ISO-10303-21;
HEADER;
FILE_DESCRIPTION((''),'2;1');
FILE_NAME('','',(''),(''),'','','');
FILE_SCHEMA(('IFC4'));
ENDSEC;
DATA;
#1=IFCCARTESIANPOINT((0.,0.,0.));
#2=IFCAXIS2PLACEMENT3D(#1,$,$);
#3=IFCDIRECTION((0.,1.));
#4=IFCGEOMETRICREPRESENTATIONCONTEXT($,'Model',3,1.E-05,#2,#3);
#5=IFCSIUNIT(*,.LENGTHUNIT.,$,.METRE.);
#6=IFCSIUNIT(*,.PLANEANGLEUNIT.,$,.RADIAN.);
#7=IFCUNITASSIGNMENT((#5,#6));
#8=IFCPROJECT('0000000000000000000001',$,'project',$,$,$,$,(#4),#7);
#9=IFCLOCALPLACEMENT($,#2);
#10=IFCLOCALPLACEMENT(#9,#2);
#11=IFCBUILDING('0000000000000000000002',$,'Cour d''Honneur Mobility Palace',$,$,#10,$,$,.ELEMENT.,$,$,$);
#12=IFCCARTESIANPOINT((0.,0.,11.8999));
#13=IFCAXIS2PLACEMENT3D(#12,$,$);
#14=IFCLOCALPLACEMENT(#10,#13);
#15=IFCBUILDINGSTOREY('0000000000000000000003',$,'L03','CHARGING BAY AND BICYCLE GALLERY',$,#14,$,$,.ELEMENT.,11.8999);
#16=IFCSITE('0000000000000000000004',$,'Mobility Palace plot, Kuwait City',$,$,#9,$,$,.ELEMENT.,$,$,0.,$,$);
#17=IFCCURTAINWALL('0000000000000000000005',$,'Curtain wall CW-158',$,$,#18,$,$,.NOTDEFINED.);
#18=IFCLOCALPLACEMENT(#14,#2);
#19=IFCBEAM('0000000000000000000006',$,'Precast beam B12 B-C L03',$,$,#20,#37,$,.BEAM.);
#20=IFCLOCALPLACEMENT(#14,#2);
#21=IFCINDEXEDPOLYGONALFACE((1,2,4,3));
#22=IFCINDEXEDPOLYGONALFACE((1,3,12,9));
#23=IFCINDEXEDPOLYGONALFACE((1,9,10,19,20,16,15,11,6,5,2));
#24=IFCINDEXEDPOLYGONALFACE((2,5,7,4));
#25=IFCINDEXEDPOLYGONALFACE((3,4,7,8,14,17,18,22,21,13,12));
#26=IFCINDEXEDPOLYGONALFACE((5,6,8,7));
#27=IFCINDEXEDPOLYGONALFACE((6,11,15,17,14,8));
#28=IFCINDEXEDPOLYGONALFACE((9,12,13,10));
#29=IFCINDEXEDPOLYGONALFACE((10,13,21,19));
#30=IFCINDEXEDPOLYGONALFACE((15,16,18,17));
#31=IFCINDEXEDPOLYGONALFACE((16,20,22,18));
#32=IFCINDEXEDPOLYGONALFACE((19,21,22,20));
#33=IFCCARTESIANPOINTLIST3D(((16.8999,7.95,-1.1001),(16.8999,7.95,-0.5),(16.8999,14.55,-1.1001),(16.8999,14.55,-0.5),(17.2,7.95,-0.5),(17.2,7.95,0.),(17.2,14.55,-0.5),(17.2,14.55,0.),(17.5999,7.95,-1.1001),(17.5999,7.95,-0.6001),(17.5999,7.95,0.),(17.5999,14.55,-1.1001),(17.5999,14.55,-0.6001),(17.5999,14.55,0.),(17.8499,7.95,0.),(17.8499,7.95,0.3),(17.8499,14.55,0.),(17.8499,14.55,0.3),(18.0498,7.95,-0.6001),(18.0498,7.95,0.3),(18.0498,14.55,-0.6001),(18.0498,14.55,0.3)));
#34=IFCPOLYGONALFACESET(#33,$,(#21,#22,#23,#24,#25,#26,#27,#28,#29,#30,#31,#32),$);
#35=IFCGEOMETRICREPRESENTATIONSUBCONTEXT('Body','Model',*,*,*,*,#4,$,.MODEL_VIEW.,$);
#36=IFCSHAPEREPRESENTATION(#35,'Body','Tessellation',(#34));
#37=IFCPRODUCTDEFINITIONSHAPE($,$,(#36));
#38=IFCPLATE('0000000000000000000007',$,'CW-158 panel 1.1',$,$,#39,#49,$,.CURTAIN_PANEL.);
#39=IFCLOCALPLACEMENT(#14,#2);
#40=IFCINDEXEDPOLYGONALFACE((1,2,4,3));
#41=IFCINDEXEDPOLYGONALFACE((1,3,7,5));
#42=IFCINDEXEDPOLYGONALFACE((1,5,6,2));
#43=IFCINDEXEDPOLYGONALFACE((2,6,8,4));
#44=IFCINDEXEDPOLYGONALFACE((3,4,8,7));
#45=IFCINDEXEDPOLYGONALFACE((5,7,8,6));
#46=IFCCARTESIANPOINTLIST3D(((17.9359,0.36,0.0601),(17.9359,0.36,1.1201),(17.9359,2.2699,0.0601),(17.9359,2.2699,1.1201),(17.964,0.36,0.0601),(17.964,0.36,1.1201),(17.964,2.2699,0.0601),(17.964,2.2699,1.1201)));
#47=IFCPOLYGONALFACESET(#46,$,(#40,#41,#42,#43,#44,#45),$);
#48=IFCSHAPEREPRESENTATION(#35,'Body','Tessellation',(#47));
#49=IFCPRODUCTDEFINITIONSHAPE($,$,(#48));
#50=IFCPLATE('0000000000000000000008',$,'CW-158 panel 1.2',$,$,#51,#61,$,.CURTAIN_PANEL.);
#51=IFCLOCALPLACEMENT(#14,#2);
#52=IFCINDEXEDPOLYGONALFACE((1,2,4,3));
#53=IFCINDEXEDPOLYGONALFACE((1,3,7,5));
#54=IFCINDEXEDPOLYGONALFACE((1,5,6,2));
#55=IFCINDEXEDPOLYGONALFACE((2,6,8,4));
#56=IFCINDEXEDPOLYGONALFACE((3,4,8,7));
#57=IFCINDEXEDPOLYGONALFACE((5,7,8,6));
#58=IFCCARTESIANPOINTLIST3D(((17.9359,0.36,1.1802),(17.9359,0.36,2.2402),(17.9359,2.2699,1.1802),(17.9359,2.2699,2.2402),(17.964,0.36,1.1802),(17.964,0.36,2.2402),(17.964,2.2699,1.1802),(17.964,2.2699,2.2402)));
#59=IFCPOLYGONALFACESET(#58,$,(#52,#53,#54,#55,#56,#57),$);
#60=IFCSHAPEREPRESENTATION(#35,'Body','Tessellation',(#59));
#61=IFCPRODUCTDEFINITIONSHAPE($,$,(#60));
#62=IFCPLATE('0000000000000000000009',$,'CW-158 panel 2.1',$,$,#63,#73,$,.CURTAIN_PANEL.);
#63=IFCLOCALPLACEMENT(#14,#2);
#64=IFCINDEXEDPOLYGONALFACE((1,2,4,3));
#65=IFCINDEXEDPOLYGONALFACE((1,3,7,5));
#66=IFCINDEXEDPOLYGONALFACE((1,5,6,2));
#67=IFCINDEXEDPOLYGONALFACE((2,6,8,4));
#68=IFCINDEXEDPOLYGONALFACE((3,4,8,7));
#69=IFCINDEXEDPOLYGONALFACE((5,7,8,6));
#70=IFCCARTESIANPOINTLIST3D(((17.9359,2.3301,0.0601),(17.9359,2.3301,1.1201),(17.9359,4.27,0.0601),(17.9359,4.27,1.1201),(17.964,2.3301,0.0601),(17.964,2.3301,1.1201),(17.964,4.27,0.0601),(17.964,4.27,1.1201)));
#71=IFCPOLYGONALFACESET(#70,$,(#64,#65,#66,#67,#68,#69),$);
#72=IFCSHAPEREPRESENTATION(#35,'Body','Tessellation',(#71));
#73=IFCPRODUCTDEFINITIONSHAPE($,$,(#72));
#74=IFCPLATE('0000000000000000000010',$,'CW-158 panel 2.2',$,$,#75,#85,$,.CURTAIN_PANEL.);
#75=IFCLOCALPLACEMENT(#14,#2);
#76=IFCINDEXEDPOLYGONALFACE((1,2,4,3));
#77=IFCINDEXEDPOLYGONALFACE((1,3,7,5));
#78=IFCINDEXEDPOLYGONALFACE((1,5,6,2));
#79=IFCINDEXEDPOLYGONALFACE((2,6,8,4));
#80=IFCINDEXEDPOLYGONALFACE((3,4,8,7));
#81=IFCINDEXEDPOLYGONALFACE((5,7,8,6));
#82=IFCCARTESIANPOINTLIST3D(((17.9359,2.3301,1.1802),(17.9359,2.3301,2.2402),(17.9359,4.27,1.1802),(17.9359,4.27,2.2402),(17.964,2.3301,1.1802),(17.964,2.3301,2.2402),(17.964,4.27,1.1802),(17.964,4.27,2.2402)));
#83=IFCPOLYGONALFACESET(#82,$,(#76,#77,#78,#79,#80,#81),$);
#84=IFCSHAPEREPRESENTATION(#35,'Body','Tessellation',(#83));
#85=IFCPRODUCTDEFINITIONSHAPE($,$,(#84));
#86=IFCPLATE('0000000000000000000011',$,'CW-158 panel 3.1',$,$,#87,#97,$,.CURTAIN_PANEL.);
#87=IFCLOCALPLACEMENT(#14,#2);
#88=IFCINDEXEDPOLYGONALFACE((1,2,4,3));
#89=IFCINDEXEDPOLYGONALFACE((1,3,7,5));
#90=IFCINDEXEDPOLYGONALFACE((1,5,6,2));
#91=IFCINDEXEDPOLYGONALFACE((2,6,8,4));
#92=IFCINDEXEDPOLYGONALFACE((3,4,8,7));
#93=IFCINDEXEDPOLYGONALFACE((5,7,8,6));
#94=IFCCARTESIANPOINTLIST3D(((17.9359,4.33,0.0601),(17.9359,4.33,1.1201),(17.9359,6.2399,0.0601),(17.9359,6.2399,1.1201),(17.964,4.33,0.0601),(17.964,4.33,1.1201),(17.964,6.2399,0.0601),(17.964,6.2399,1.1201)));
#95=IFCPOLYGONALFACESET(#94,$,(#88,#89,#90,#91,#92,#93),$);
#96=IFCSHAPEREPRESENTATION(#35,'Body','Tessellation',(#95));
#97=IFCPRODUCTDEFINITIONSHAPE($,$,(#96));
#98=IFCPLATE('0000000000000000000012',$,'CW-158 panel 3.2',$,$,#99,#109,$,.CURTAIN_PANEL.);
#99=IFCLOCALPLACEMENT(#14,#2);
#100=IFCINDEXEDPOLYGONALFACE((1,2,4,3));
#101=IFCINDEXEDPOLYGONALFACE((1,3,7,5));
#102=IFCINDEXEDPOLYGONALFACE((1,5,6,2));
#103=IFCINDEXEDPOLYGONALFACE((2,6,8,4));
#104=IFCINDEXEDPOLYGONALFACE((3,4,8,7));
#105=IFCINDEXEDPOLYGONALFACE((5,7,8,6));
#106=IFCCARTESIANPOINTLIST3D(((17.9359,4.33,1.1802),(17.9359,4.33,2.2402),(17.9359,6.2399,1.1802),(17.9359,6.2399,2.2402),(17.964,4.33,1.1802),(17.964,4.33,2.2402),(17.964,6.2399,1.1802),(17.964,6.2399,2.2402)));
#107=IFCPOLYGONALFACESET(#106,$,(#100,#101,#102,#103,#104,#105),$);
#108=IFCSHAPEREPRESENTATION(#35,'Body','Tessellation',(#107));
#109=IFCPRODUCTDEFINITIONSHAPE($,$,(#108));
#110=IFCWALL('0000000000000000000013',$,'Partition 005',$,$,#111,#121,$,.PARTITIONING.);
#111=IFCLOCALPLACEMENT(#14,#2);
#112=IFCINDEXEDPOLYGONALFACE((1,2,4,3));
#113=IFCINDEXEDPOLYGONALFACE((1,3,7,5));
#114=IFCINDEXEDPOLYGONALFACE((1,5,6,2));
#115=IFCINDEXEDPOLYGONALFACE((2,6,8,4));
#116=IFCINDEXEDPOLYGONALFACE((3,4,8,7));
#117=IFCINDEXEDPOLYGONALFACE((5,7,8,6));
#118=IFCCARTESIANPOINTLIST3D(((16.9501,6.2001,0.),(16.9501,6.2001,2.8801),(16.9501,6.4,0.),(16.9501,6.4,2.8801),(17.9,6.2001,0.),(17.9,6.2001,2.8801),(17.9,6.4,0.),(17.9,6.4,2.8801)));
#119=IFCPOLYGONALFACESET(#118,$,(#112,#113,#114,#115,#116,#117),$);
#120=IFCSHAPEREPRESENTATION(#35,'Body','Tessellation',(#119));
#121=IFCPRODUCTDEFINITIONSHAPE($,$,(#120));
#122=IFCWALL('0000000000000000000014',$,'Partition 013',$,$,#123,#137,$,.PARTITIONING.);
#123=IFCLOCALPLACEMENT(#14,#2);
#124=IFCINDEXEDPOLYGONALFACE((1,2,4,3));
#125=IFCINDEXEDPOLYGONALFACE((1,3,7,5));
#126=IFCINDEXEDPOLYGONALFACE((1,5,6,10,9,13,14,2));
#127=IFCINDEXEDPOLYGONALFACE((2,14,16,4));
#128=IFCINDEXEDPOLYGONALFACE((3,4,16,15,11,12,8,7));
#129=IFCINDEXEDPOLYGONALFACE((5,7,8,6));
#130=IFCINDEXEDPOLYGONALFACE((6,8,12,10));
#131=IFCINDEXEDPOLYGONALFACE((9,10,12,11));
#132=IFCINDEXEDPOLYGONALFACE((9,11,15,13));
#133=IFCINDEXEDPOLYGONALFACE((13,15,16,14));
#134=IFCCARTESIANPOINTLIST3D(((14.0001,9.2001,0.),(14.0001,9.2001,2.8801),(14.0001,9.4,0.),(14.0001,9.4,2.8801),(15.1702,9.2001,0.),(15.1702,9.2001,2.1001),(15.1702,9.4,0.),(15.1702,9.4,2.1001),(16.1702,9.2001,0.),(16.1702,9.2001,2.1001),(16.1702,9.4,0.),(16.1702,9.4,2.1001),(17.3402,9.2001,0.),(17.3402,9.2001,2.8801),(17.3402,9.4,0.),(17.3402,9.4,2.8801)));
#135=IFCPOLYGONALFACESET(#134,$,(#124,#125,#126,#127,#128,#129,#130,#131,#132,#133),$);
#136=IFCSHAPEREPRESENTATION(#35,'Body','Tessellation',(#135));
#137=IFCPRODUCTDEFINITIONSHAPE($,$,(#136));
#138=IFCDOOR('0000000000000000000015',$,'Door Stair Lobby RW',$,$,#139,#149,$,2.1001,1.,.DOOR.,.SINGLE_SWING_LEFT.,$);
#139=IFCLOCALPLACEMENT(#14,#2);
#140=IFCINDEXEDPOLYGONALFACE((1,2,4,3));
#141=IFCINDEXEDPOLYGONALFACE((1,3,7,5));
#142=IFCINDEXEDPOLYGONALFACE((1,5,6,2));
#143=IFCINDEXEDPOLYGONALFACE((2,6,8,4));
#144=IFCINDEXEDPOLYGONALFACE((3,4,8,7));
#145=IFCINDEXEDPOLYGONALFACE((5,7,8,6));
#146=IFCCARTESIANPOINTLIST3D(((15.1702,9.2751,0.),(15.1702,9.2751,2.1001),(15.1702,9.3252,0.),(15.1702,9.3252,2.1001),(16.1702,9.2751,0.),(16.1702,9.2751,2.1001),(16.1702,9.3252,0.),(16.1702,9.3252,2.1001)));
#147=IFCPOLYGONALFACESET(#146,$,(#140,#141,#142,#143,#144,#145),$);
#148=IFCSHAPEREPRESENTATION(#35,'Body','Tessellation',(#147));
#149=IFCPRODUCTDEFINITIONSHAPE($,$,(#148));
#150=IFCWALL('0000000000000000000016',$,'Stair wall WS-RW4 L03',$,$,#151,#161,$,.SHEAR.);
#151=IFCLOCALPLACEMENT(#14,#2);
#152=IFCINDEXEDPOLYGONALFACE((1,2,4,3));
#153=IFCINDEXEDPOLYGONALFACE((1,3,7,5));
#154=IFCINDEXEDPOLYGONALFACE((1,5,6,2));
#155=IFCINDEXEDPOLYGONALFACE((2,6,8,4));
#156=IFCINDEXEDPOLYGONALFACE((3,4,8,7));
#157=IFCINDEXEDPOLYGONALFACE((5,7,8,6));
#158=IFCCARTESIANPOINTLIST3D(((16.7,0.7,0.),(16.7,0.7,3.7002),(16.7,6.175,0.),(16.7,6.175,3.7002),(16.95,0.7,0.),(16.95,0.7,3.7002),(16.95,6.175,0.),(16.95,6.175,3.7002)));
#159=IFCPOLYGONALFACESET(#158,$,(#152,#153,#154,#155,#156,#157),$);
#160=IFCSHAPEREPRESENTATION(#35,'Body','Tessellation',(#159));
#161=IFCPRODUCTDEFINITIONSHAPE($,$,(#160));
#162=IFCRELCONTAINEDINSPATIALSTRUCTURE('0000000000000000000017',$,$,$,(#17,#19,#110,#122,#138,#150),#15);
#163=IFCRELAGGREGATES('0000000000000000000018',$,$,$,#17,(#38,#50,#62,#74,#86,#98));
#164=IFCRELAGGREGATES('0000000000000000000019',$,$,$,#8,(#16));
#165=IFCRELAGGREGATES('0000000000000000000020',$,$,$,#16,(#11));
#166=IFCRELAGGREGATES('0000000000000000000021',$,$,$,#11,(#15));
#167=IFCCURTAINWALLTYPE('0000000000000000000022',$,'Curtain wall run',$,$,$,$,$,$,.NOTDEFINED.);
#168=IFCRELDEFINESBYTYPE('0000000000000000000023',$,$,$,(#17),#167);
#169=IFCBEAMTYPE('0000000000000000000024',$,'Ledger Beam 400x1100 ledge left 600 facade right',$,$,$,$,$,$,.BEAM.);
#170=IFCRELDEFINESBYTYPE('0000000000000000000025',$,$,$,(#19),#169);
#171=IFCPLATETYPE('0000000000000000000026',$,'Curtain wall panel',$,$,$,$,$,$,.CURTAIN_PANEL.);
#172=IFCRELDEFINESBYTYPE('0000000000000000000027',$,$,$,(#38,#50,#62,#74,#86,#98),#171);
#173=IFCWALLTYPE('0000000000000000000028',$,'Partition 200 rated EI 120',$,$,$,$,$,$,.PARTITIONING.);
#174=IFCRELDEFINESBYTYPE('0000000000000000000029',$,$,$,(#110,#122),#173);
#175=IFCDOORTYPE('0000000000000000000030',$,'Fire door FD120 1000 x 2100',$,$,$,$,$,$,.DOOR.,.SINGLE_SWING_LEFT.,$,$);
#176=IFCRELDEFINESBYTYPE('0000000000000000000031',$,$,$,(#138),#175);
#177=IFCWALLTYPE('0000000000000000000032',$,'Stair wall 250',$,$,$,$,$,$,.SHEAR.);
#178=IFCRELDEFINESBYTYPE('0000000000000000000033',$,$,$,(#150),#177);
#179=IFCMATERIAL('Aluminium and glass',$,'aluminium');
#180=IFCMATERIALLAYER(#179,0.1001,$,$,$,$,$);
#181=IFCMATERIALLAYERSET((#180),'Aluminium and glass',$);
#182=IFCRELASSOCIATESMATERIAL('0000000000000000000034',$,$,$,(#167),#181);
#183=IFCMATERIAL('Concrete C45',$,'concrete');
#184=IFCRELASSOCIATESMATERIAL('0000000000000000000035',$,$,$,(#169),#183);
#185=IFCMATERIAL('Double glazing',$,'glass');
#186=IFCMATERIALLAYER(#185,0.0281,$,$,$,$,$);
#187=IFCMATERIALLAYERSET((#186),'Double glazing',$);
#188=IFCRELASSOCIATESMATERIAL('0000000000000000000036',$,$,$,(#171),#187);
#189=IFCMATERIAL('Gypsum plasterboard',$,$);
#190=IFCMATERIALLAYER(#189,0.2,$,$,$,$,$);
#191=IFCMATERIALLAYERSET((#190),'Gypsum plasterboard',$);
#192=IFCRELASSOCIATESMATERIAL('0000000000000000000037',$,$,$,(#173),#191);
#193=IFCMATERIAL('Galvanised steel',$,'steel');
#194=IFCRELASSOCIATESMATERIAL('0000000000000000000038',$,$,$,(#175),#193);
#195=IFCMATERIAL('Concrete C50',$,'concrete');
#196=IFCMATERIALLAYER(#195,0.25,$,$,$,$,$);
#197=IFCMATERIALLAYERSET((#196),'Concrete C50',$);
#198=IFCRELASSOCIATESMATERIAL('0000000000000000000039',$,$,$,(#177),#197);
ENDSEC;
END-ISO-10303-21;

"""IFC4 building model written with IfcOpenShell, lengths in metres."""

from ifc_helpers import new_model, si_unit, direction, frame, frame_2d, origin, origin_2d, place, context, subcontext, project, spatial, polyline, rectangle, outline, extrude, material, layer, layer_set, material_profile, profile_set, type_object, element, fill, aggregate, save


model = new_model("IFC4")

# Units and contexts
model_context = context("Model", 3, precision=1e-05, world=origin(), true_north=direction((0.0, 1.0)))
body_context = subcontext(model_context, "Body", "Model", "MODEL_VIEW")
ifc_project = project(units=[si_unit("LENGTHUNIT", "METRE"), si_unit("PLANEANGLEUNIT", "RADIAN")], contexts=[model_context])

# Site, building, storey
site_placement = place(None, origin())
site = spatial("IfcSite", under=ifc_project, at=site_placement, Name="Mobility Palace plot, Kuwait City", CompositionType="ELEMENT", RefElevation=0.0)
building_placement = place(site_placement, origin())
building = spatial("IfcBuilding", under=site, at=building_placement, Name="Cour d'Honneur Mobility Palace", CompositionType="ELEMENT")
storey_placement = place(building_placement, frame((0.0, 0.0, 11.8999)))
storey = spatial("IfcBuildingStorey", under=building, at=storey_placement, Name="L03", Description="CHARGING BAY AND BICYCLE GALLERY", CompositionType="ELEMENT", Elevation=11.8999)

# Curtain wall
ifc_material_1 = material(Name="Aluminium and glass", Category="aluminium")
ifc_layer_1 = layer(ifc_material_1, 0.1001)
ifc_layer_set_1 = layer_set([ifc_layer_1], Name="Aluminium and glass")
curtain_wall_type = type_object("IfcCurtainWallType", Name="Curtain wall run", PredefinedType="NOTDEFINED", material=ifc_layer_set_1)
curtain_wall_placement = place(storey_placement, origin())
curtain_wall = element("IfcCurtainWall", 1, at=curtain_wall_placement, inside=storey, type_object=curtain_wall_type, Name="Curtain wall CW-158", PredefinedType="NOTDEFINED")

# Beam
ifc_material_2 = material(Name="Concrete C45", Category="concrete")
ifc_material_profile_1 = material_profile(ifc_material_2, outline(polyline([(0.5, -1.1001), (0.5, -0.5), (0.2, -0.5), (0.2, 0.0), (-0.2, 0.0), (-0.45, 0.0), (-0.45, 0.3), (-0.6499, 0.3), (-0.6499, -0.6001), (-0.2, -0.6001), (-0.2, -1.1001), (0.5, -1.1001)])), Name="Ledger Beam 400x1100 ledge left 600 facade right")
ifc_profile_set_1 = profile_set([ifc_material_profile_1], Name="Concrete C45")
beam_type_1 = type_object("IfcBeamType", Name="Ledger Beam 400x1100 ledge left 600 facade right", PredefinedType="BEAM", material=ifc_profile_set_1)
beam_1_placement = place(storey_placement, frame((17.3999, 7.95, 0.0), z_axis=(0.0, 1.0, 0.0), x_axis=(-1.0, 0.0, 0.0)))
element("IfcBeam", 2, at=beam_1_placement, inside=storey, type_object=beam_type_1, Name="Precast beam B12 B-C L03", PredefinedType="BEAM", context=body_context, shape_type="SweptSolid", body=[
    extrude(outline(polyline([(0.5, -1.1001), (0.5, -0.5), (0.2, -0.5), (0.2, 0.0), (-0.2, 0.0), (-0.45, 0.0), (-0.45, 0.3), (-0.6499, 0.3), (-0.6499, -0.6001), (-0.2, -0.6001), (-0.2, -1.1001), (0.5, -1.1001)])), origin(), (0.0, 0.0, 1.0), 6.6001),
])

# Plates
ifc_material_3 = material(Name="Double glazing", Category="glass")
ifc_layer_2 = layer(ifc_material_3, 0.0281)
ifc_layer_set_2 = layer_set([ifc_layer_2], Name="Double glazing")
plate_type = type_object("IfcPlateType", Name="Curtain wall panel", PredefinedType="CURTAIN_PANEL", material=ifc_layer_set_2)
plate_1_placement = place(storey_placement, frame((17.95, 1.3149, 0.0601), z_axis=(0.0, 0.0, 1.0), x_axis=(0.0, 1.0, 0.0)))
plate_1 = element("IfcPlate", 3, at=plate_1_placement, type_object=plate_type, Name="CW-158 panel 1.1", PredefinedType="CURTAIN_PANEL", context=body_context, shape_type="SweptSolid", body=[
    extrude(rectangle(XDim=1.9099, YDim=0.0281, at=origin_2d()), origin(), (0.0, 0.0, 1.0), 1.0601),
])
plate_2_placement = place(storey_placement, frame((17.95, 1.3149, 1.1802), z_axis=(0.0, 0.0, 1.0), x_axis=(0.0, 1.0, 0.0)))
plate_2 = element("IfcPlate", 4, at=plate_2_placement, type_object=plate_type, Name="CW-158 panel 1.2", PredefinedType="CURTAIN_PANEL", context=body_context, shape_type="SweptSolid", body=[
    extrude(rectangle(XDim=1.9099, YDim=0.0281, at=origin_2d()), origin(), (0.0, 0.0, 1.0), 1.0601),
])
plate_3_placement = place(storey_placement, frame((17.95, 3.3, 0.0601), z_axis=(0.0, 0.0, 1.0), x_axis=(0.0, 1.0, 0.0)))
plate_3 = element("IfcPlate", 5, at=plate_3_placement, type_object=plate_type, Name="CW-158 panel 2.1", PredefinedType="CURTAIN_PANEL", context=body_context, shape_type="SweptSolid", body=[
    extrude(rectangle(XDim=1.9399, YDim=0.0281, at=origin_2d()), origin(), (0.0, 0.0, 1.0), 1.0601),
])
plate_4_placement = place(storey_placement, frame((17.95, 3.3, 1.1802), z_axis=(0.0, 0.0, 1.0), x_axis=(0.0, 1.0, 0.0)))
plate_4 = element("IfcPlate", 6, at=plate_4_placement, type_object=plate_type, Name="CW-158 panel 2.2", PredefinedType="CURTAIN_PANEL", context=body_context, shape_type="SweptSolid", body=[
    extrude(rectangle(XDim=1.9399, YDim=0.0281, at=origin_2d()), origin(), (0.0, 0.0, 1.0), 1.0601),
])
plate_5_placement = place(storey_placement, frame((17.95, 5.2849, 0.0601), z_axis=(0.0, 0.0, 1.0), x_axis=(0.0, 1.0, 0.0)))
plate_5 = element("IfcPlate", 7, at=plate_5_placement, type_object=plate_type, Name="CW-158 panel 3.1", PredefinedType="CURTAIN_PANEL", context=body_context, shape_type="SweptSolid", body=[
    extrude(rectangle(XDim=1.9099, YDim=0.0281, at=origin_2d()), origin(), (0.0, 0.0, 1.0), 1.0601),
])
plate_6_placement = place(storey_placement, frame((17.95, 5.2849, 1.1802), z_axis=(0.0, 0.0, 1.0), x_axis=(0.0, 1.0, 0.0)))
plate_6 = element("IfcPlate", 8, at=plate_6_placement, type_object=plate_type, Name="CW-158 panel 3.2", PredefinedType="CURTAIN_PANEL", context=body_context, shape_type="SweptSolid", body=[
    extrude(rectangle(XDim=1.9099, YDim=0.0281, at=origin_2d()), origin(), (0.0, 0.0, 1.0), 1.0601),
])
aggregate(curtain_wall, [plate_1, plate_2, plate_3, plate_4, plate_5, plate_6])

# Wall
ifc_material_4 = material(Name="Gypsum plasterboard")
ifc_layer_3 = layer(ifc_material_4, 0.2)
ifc_layer_set_3 = layer_set([ifc_layer_3], Name="Gypsum plasterboard")
wall_type_1 = type_object("IfcWallType", Name="Partition 200 rated EI 120", PredefinedType="PARTITIONING", material=ifc_layer_set_3)
wall_1_placement = place(storey_placement, frame((16.95, 6.3, 0.0), z_axis=(0.0, 0.0, 1.0), x_axis=(1.0, 0.0, 0.0)))
element("IfcWall", 9, at=wall_1_placement, inside=storey, type_object=wall_type_1, Name="Partition 005", PredefinedType="PARTITIONING", context=body_context, shape_type="SweptSolid", body=[
    extrude(rectangle(XDim=0.95, YDim=0.2, at=frame_2d((0.4751, 0.0))), origin(), (0.0, 0.0, 1.0), 2.8801),
])

# Wall, opening, door
wall_2_placement = place(storey_placement, frame((17.3401, 9.3, 0.0), z_axis=(0.0, 0.0, 1.0), x_axis=(-1.0, 0.0, 0.0)))
wall_2 = element("IfcWall", 10, at=wall_2_placement, inside=storey, type_object=wall_type_1, Name="Partition 013", PredefinedType="PARTITIONING", context=body_context, shape_type="SweptSolid", body=[
    extrude(rectangle(XDim=3.3401, YDim=0.2, at=frame_2d((1.6699, 0.0))), origin(), (0.0, 0.0, 1.0), 2.8801),
])
opening_placement = place(wall_2_placement, frame((1.1699, 0.0, 0.0)))
opening = element("IfcOpeningElement", 11, at=opening_placement, cuts=wall_2, PredefinedType="OPENING", context=body_context, shape_type="SweptSolid", body=[
    extrude(rectangle(XDim=1.0, YDim=2.1001, at=frame_2d((0.5, 1.05))), frame((0.0, 0.1099, 0.0), z_axis=(0.0, -1.0, 0.0), x_axis=(1.0, 0.0, 0.0)), (0.0, 0.0, 1.0), 0.22),
])
ifc_material_5 = material(Name="Galvanised steel", Category="steel")
door_type = type_object("IfcDoorType", Name="Fire door FD120 1000 x 2100", OperationType="SINGLE_SWING_LEFT", PredefinedType="DOOR", material=ifc_material_5)
door_placement = place(opening_placement, origin())
door = element("IfcDoor", 12, at=door_placement, inside=storey, type_object=door_type, Name="Door Stair Lobby RW", OperationType="SINGLE_SWING_LEFT", OverallHeight=2.1001, OverallWidth=1.0, PredefinedType="DOOR", context=body_context, shape_type="SweptSolid", body=[
    extrude(rectangle(XDim=1.0, YDim=2.1001, at=frame_2d((0.5, 1.05))), frame((0.0, 0.0249, 0.0), z_axis=(0.0, -1.0, 0.0), x_axis=(1.0, 0.0, 0.0)), (0.0, 0.0, 1.0), 0.05),
])
fill(opening, door)

# Wall
ifc_material_6 = material(Name="Concrete C50", Category="concrete")
ifc_layer_4 = layer(ifc_material_6, 0.25)
ifc_layer_set_4 = layer_set([ifc_layer_4], Name="Concrete C50")
wall_type_2 = type_object("IfcWallType", Name="Stair wall 250", PredefinedType="SHEAR", material=ifc_layer_set_4)
wall_3_placement = place(storey_placement, frame((16.825, 0.7, 0.0), z_axis=(0.0, 0.0, 1.0), x_axis=(0.0, 1.0, 0.0)))
element("IfcWall", 13, at=wall_3_placement, inside=storey, type_object=wall_type_2, Name="Stair wall WS-RW4 L03", PredefinedType="SHEAR", context=body_context, shape_type="SweptSolid", body=[
    extrude(rectangle(XDim=5.4751, YDim=0.25, at=frame_2d((2.7375, 0.0))), origin(), (0.0, 0.0, 1.0), 3.7002),
])

save(model, "model.ifc")
